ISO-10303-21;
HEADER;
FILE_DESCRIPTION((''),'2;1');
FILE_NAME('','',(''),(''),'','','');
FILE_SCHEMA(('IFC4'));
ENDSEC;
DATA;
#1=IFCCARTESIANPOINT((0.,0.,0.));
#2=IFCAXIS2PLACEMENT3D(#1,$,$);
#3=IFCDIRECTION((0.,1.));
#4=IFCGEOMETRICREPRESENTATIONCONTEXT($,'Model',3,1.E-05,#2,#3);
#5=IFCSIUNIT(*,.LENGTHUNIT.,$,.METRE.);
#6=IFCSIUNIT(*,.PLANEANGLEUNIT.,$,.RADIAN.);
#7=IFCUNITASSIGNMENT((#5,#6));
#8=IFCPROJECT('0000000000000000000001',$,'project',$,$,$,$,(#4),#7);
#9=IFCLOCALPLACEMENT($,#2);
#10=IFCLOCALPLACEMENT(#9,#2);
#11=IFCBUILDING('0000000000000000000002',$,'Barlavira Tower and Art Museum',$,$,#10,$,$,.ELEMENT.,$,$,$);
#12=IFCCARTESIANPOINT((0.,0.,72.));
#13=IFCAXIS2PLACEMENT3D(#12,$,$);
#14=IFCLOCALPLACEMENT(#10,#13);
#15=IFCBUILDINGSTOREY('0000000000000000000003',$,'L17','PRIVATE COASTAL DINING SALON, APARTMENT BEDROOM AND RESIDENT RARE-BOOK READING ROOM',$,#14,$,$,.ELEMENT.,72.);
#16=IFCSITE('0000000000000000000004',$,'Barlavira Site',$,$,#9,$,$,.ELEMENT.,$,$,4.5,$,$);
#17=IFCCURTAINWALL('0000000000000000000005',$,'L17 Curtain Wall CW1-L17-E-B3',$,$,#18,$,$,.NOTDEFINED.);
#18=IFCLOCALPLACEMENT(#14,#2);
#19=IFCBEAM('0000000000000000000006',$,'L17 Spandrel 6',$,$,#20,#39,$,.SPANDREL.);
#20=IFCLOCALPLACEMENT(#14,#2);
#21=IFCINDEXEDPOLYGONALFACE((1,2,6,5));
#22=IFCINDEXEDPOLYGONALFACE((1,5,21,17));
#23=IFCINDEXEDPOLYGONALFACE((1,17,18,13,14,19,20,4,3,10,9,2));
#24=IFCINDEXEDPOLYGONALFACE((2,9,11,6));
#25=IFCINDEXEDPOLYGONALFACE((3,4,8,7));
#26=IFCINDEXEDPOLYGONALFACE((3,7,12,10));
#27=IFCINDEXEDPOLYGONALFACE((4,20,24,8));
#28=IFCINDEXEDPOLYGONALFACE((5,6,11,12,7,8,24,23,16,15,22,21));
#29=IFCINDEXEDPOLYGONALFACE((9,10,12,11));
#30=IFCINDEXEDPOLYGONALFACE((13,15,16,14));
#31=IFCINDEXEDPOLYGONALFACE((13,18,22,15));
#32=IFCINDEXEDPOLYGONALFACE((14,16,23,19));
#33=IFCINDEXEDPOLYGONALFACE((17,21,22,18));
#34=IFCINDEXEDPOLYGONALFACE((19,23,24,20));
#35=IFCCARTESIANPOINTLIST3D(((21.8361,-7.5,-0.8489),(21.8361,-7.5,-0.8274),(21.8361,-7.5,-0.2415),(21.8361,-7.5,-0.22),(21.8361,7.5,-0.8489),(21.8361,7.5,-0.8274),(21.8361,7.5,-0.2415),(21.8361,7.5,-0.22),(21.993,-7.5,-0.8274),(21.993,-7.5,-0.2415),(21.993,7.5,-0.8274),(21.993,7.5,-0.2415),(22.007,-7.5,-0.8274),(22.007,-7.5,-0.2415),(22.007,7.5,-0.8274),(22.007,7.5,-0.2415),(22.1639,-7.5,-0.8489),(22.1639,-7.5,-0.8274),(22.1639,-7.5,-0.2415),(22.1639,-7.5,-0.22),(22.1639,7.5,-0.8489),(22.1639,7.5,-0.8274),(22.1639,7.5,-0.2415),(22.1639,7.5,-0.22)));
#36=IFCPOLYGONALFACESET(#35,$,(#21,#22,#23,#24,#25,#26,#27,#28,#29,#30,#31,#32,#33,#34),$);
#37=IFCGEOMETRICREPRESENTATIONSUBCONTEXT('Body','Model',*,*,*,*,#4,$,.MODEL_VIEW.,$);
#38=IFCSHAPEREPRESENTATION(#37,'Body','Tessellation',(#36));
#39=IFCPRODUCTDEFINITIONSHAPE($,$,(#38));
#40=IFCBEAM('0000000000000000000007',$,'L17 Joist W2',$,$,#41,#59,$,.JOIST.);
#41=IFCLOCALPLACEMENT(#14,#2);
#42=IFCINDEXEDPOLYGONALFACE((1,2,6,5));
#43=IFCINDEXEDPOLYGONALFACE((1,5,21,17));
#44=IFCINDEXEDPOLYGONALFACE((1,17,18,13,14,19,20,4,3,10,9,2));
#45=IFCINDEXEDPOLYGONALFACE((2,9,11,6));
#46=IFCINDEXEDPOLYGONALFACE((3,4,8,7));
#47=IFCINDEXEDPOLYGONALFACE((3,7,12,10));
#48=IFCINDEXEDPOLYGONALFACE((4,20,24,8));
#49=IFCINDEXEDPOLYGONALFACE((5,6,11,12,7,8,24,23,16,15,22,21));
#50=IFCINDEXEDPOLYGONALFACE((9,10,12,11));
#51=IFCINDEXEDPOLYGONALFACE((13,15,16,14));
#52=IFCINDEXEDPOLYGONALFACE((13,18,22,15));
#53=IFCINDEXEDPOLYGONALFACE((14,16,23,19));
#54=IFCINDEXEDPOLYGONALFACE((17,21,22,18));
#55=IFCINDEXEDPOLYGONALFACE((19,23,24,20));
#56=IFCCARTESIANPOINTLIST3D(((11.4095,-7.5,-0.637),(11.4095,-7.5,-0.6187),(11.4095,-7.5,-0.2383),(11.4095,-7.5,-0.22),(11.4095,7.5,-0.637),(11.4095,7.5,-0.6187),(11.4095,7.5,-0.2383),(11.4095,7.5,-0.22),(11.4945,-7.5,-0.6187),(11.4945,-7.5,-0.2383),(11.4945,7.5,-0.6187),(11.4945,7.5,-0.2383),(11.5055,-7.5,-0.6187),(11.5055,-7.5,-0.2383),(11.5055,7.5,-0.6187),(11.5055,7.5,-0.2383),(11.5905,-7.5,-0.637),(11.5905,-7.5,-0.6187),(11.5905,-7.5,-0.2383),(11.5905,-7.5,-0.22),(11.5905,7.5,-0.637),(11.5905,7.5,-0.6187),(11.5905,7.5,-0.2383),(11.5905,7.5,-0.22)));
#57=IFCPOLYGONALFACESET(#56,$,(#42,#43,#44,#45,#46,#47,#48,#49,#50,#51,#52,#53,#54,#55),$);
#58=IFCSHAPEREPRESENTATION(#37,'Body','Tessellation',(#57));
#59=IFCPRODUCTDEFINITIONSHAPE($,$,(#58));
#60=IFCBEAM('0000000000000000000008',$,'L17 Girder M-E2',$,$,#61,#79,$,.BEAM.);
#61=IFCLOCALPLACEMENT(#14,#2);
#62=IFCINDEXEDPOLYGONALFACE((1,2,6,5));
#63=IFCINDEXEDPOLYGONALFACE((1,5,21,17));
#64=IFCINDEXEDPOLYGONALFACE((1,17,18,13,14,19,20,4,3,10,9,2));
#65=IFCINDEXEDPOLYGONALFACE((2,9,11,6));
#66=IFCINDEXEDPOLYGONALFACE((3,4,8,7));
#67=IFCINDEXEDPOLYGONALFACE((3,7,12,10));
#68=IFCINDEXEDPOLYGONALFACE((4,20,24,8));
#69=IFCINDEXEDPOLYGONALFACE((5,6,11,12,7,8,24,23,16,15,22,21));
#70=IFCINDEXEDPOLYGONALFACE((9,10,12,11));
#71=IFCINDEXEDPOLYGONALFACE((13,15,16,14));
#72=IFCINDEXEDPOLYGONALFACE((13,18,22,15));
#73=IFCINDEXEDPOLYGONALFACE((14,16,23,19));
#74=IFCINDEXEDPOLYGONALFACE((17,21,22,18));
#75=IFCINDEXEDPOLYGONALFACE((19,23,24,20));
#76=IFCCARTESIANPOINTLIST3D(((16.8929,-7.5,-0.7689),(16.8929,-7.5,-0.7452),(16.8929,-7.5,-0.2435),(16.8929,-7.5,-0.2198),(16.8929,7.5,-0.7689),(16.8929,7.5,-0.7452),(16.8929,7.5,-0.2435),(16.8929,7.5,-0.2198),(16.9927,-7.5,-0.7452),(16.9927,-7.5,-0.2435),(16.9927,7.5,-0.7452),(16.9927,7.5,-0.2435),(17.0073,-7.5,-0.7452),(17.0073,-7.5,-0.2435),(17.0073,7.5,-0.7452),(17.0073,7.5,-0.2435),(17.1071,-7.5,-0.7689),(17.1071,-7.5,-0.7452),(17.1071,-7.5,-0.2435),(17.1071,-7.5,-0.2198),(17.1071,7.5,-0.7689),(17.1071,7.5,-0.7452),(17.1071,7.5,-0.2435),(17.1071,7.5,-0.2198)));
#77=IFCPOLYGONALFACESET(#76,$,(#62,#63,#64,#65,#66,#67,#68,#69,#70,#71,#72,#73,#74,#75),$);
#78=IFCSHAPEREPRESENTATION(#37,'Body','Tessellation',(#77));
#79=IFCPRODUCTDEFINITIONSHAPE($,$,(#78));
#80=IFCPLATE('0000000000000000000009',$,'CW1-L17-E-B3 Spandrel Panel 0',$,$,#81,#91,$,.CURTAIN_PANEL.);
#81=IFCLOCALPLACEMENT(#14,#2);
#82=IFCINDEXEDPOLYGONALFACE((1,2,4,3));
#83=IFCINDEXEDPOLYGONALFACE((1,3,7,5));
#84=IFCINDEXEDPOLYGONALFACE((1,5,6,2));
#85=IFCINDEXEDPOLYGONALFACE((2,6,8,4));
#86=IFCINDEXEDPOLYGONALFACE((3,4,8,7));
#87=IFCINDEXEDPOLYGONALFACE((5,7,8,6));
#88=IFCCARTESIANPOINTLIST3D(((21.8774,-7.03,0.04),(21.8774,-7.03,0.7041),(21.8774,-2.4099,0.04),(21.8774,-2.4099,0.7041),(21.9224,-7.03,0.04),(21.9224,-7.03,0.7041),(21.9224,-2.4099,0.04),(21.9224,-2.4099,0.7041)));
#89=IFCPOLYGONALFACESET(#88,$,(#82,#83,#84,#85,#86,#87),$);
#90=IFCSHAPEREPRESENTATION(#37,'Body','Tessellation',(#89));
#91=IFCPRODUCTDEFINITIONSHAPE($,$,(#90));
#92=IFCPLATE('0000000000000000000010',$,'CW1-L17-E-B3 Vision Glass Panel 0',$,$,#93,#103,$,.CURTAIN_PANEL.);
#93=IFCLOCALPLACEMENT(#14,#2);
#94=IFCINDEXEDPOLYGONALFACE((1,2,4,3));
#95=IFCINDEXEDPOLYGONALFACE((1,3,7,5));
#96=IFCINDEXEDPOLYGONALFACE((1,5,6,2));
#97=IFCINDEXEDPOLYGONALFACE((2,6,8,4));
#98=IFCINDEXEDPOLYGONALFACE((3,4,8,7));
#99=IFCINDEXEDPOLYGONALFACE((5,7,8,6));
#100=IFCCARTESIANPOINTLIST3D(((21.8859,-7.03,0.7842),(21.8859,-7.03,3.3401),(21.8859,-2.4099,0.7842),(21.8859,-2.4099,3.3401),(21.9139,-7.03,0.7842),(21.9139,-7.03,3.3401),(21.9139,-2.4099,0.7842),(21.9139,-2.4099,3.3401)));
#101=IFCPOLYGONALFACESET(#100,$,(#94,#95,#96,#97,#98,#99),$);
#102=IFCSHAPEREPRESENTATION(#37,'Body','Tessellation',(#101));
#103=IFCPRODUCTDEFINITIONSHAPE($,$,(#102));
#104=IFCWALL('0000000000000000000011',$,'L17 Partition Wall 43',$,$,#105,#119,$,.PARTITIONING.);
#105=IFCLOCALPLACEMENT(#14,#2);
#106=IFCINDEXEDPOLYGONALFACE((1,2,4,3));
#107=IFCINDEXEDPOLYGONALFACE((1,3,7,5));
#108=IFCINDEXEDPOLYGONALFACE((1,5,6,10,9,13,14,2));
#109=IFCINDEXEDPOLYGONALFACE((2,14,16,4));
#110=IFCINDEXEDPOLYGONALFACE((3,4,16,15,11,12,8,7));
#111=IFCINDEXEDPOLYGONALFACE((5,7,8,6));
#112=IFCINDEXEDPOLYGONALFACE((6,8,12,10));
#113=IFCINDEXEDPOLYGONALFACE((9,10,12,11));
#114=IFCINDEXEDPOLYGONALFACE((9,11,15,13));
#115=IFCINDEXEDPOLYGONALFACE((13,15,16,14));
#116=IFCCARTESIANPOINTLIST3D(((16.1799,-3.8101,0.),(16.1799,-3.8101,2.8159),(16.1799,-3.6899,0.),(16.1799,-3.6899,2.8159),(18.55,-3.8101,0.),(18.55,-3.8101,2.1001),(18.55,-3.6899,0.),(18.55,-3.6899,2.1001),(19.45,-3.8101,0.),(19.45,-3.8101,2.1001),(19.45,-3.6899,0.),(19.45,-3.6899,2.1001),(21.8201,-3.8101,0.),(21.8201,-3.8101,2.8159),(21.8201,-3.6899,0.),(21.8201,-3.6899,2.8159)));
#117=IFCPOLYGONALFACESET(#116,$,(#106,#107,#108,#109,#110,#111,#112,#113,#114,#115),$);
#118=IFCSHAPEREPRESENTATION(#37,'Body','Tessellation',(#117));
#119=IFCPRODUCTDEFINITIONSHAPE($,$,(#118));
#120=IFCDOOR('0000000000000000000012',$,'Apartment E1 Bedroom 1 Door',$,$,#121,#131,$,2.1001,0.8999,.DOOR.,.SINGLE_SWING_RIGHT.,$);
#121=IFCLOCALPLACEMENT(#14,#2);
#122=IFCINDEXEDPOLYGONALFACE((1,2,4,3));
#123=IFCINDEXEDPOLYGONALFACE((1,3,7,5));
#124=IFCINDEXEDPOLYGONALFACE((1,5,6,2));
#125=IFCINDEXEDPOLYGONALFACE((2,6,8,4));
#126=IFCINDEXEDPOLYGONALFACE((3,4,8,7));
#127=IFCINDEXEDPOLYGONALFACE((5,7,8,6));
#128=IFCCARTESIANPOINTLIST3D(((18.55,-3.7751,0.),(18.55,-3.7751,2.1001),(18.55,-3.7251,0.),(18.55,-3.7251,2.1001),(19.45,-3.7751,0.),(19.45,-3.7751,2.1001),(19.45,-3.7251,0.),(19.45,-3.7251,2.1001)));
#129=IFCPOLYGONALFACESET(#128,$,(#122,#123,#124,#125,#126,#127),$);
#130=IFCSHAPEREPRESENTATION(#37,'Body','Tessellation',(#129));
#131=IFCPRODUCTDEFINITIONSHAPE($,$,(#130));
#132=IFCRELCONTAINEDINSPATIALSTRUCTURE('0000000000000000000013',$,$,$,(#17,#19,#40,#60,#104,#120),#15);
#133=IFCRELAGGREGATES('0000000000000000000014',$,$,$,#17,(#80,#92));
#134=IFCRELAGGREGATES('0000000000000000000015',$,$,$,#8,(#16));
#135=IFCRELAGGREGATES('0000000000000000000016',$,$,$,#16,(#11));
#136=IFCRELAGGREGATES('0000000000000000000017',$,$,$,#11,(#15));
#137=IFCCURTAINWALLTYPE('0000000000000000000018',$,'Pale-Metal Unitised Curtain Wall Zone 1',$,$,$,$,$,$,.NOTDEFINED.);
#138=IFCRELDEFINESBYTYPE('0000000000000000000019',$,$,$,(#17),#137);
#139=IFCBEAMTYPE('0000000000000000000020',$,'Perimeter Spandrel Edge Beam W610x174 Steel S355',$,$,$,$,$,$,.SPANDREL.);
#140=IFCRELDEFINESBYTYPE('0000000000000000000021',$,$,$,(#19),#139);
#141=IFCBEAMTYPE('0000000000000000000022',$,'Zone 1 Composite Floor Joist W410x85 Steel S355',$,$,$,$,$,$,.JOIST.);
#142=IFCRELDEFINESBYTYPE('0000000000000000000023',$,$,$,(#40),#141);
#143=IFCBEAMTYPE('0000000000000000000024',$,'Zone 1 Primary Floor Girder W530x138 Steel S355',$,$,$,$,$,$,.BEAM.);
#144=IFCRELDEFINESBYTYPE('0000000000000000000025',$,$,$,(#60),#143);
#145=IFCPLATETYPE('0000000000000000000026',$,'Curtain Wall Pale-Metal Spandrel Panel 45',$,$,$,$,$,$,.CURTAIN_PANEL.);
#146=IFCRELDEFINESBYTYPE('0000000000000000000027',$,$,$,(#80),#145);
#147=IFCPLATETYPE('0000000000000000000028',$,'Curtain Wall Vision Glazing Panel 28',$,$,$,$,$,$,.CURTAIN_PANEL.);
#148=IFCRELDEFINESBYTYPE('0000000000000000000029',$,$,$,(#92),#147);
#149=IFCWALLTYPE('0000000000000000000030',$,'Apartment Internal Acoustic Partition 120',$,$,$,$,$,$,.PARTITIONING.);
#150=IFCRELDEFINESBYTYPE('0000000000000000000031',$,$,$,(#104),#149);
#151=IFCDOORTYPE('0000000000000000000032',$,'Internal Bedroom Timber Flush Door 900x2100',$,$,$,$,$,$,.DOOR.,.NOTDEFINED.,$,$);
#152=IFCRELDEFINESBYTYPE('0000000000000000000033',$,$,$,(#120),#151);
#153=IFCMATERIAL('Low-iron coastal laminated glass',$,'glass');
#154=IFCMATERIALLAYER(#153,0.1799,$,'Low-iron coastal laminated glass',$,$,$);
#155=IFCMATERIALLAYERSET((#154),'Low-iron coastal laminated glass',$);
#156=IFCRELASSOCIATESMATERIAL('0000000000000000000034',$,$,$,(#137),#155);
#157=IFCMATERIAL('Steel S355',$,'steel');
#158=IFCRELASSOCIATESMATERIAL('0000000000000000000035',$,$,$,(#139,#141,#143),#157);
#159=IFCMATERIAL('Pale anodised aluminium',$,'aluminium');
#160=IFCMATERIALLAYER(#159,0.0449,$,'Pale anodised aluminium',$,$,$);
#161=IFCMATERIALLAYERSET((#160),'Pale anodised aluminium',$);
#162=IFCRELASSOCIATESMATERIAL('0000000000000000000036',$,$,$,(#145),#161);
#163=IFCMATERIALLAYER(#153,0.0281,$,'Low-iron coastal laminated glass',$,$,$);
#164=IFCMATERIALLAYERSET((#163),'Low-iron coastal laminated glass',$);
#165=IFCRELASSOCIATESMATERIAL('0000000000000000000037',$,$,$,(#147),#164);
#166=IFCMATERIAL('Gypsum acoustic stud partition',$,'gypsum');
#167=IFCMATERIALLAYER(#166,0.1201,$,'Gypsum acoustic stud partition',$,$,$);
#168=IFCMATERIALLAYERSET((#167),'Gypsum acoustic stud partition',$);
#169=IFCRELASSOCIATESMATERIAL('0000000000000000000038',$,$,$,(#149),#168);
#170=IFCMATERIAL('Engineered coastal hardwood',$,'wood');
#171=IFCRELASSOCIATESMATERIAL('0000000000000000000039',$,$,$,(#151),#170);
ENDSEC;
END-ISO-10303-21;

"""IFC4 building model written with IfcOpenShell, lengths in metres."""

from ifc_helpers import new_model, si_unit, direction, frame, frame_2d, origin, origin_2d, place, context, subcontext, project, spatial, rectangle, i_section, extrude, material, layer, layer_set, material_profile, profile_set, type_object, element, fill, aggregate, save


model = new_model("IFC4")

# Units and contexts
model_context = context("Model", 3, precision=1e-05, world=origin(), true_north=direction((0.0, 1.0)))
body_context = subcontext(model_context, "Body", "Model", "MODEL_VIEW")
ifc_project = project(units=[si_unit("LENGTHUNIT", "METRE"), si_unit("PLANEANGLEUNIT", "RADIAN")], contexts=[model_context])

# Site, building, storey
site_placement = place(None, origin())
site = spatial("IfcSite", under=ifc_project, at=site_placement, Name="Barlavira Site", CompositionType="ELEMENT", RefElevation=4.5)
building_placement = place(site_placement, origin())
building = spatial("IfcBuilding", under=site, at=building_placement, Name="Barlavira Tower and Art Museum", CompositionType="ELEMENT")
storey_placement = place(building_placement, frame((0.0, 0.0, 72.0)))
storey = spatial("IfcBuildingStorey", under=building, at=storey_placement, Name="L17", Description="PRIVATE COASTAL DINING SALON, APARTMENT BEDROOM AND RESIDENT RARE-BOOK READING ROOM", CompositionType="ELEMENT", Elevation=72.0)

# Curtain wall
ifc_material_1 = material(Name="Low-iron coastal laminated glass", Category="glass")
ifc_layer_1 = layer(ifc_material_1, 0.1799, Name="Low-iron coastal laminated glass")
ifc_layer_set_1 = layer_set([ifc_layer_1], Name="Low-iron coastal laminated glass")
curtain_wall_type = type_object("IfcCurtainWallType", Name="Pale-Metal Unitised Curtain Wall Zone 1", PredefinedType="NOTDEFINED", material=ifc_layer_set_1)
curtain_wall_placement = place(storey_placement, origin())
curtain_wall = element("IfcCurtainWall", 1, at=curtain_wall_placement, inside=storey, type_object=curtain_wall_type, Name="L17 Curtain Wall CW1-L17-E-B3", PredefinedType="NOTDEFINED")
ifc_material_2 = material(Name="Pale anodised aluminium", Category="aluminium")

# Shared definitions
ifc_material_3 = material(Name="Steel S355", Category="steel")

# Beams
ifc_material_profile_1 = material_profile(ifc_material_3, i_section(OverallWidth=0.3279, OverallDepth=0.6289, WebThickness=0.0139, FlangeThickness=0.0215, at=origin_2d()), Name="W610x174.0")
ifc_profile_set_1 = profile_set([ifc_material_profile_1], Name="Steel S355")
beam_type_1 = type_object("IfcBeamType", Name="Perimeter Spandrel Edge Beam W610x174 Steel S355", PredefinedType="SPANDREL", material=ifc_profile_set_1)
beam_1_placement = place(storey_placement, frame((22.0, -7.5, -0.5344), z_axis=(0.0, 1.0, 0.0), x_axis=(-1.0, 0.0, 0.0)))
element("IfcBeam", 2, at=beam_1_placement, inside=storey, type_object=beam_type_1, Name="L17 Spandrel 6", PredefinedType="SPANDREL", context=body_context, shape_type="SweptSolid", body=[
    extrude(i_section(OverallWidth=0.3279, OverallDepth=0.6289, WebThickness=0.0139, FlangeThickness=0.0215, at=origin_2d()), origin(), (0.0, 0.0, 1.0), 15.0),
])
ifc_material_profile_2 = material_profile(ifc_material_3, i_section(OverallWidth=0.1809, OverallDepth=0.417, WebThickness=0.011, FlangeThickness=0.0183, at=origin_2d()), Name="W410x85.0")
ifc_profile_set_2 = profile_set([ifc_material_profile_2], Name="Steel S355")
beam_type_2 = type_object("IfcBeamType", Name="Zone 1 Composite Floor Joist W410x85 Steel S355", PredefinedType="JOIST", material=ifc_profile_set_2)
beam_2_placement = place(storey_placement, frame((11.5, -7.5, -0.4285), z_axis=(0.0, 1.0, 0.0), x_axis=(-1.0, 0.0, 0.0)))
element("IfcBeam", 3, at=beam_2_placement, inside=storey, type_object=beam_type_2, Name="L17 Joist W2", PredefinedType="JOIST", context=body_context, shape_type="SweptSolid", body=[
    extrude(i_section(OverallWidth=0.1809, OverallDepth=0.417, WebThickness=0.011, FlangeThickness=0.0183, at=origin_2d()), origin(), (0.0, 0.0, 1.0), 15.0),
])
ifc_material_profile_3 = material_profile(ifc_material_3, i_section(OverallWidth=0.2141, OverallDepth=0.5491, WebThickness=0.0146, FlangeThickness=0.0237, at=origin_2d()), Name="W530x138.0")
ifc_profile_set_3 = profile_set([ifc_material_profile_3], Name="Steel S355")
beam_type_3 = type_object("IfcBeamType", Name="Zone 1 Primary Floor Girder W530x138 Steel S355", PredefinedType="BEAM", material=ifc_profile_set_3)
beam_3_placement = place(storey_placement, frame((17.0, -7.5, -0.4944), z_axis=(0.0, 1.0, 0.0), x_axis=(-1.0, 0.0, 0.0)))
element("IfcBeam", 4, at=beam_3_placement, inside=storey, type_object=beam_type_3, Name="L17 Girder M-E2", PredefinedType="BEAM", context=body_context, shape_type="SweptSolid", body=[
    extrude(i_section(OverallWidth=0.2141, OverallDepth=0.5491, WebThickness=0.0146, FlangeThickness=0.0237, at=origin_2d()), origin(), (0.0, 0.0, 1.0), 15.0),
])

# Plates
ifc_layer_2 = layer(ifc_material_2, 0.0449, Name="Pale anodised aluminium")
ifc_layer_set_2 = layer_set([ifc_layer_2], Name="Pale anodised aluminium")
plate_type_1 = type_object("IfcPlateType", Name="Curtain Wall Pale-Metal Spandrel Panel 45", PredefinedType="CURTAIN_PANEL", material=ifc_layer_set_2)
plate_1_placement = place(storey_placement, frame((21.8999, -4.72, 0.04), z_axis=(0.0, 0.0, 1.0), x_axis=(0.0, 1.0, 0.0)))
plate_1 = element("IfcPlate", 5, at=plate_1_placement, type_object=plate_type_1, Name="CW1-L17-E-B3 Spandrel Panel 0", PredefinedType="CURTAIN_PANEL", context=body_context, shape_type="SweptSolid", body=[
    extrude(rectangle(XDim=4.6201, YDim=0.0449, at=origin_2d()), origin(), (0.0, 0.0, 1.0), 0.6641),
])
ifc_layer_3 = layer(ifc_material_1, 0.0281, Name="Low-iron coastal laminated glass")
ifc_layer_set_3 = layer_set([ifc_layer_3], Name="Low-iron coastal laminated glass")
plate_type_2 = type_object("IfcPlateType", Name="Curtain Wall Vision Glazing Panel 28", PredefinedType="CURTAIN_PANEL", material=ifc_layer_set_3)
plate_2_placement = place(storey_placement, frame((21.8999, -4.72, 0.7842), z_axis=(0.0, 0.0, 1.0), x_axis=(0.0, 1.0, 0.0)))
plate_2 = element("IfcPlate", 6, at=plate_2_placement, type_object=plate_type_2, Name="CW1-L17-E-B3 Vision Glass Panel 0", PredefinedType="CURTAIN_PANEL", context=body_context, shape_type="SweptSolid", body=[
    extrude(rectangle(XDim=4.6201, YDim=0.0281, at=origin_2d()), origin(), (0.0, 0.0, 1.0), 2.5559),
])
aggregate(curtain_wall, [plate_1, plate_2])

# Wall, opening, door
ifc_material_4 = material(Name="Gypsum acoustic stud partition", Category="gypsum")
ifc_layer_4 = layer(ifc_material_4, 0.1201, Name="Gypsum acoustic stud partition")
ifc_layer_set_4 = layer_set([ifc_layer_4], Name="Gypsum acoustic stud partition")
wall_type_1 = type_object("IfcWallType", Name="Apartment Internal Acoustic Partition 120", PredefinedType="PARTITIONING", material=ifc_layer_set_4)
wall_1_placement = place(storey_placement, frame((16.1799, -3.75, 0.0), z_axis=(0.0, 0.0, 1.0), x_axis=(1.0, 0.0, 0.0)))
wall_1 = element("IfcWall", 7, at=wall_1_placement, inside=storey, type_object=wall_type_1, Name="L17 Partition Wall 43", PredefinedType="PARTITIONING", context=body_context, shape_type="SweptSolid", body=[
    extrude(rectangle(XDim=5.6401, YDim=0.1201, at=frame_2d((2.8201, 0.0))), origin(), (0.0, 0.0, 1.0), 2.8159),
])
opening_1_placement = place(wall_1_placement, frame((2.3701, 0.0, 0.0)))
opening_1 = element("IfcOpeningElement", 8, at=opening_1_placement, cuts=wall_1, PredefinedType="OPENING", context=body_context, shape_type="SweptSolid", body=[
    extrude(rectangle(XDim=0.8999, YDim=2.1001, at=frame_2d((0.45, 1.05))), frame((0.0, 0.0701, 0.0), z_axis=(0.0, -1.0, 0.0), x_axis=(1.0, 0.0, 0.0)), (0.0, 0.0, 1.0), 0.1401),
])
ifc_material_5 = material(Name="Engineered coastal hardwood", Category="wood")
door_type_1 = type_object("IfcDoorType", Name="Internal Bedroom Timber Flush Door 900x2100", OperationType="NOTDEFINED", PredefinedType="DOOR", material=ifc_material_5)
door_1_placement = place(opening_1_placement, origin())
door_1 = element("IfcDoor", 9, at=door_1_placement, inside=storey, type_object=door_type_1, Name="Apartment E1 Bedroom 1 Door", OperationType="SINGLE_SWING_RIGHT", OverallHeight=2.1001, OverallWidth=0.8999, PredefinedType="DOOR", context=body_context, shape_type="SweptSolid", body=[
    extrude(rectangle(XDim=0.8999, YDim=2.1001, at=frame_2d((0.45, 1.05))), frame((0.0, 0.0249, 0.0), z_axis=(0.0, -1.0, 0.0), x_axis=(1.0, 0.0, 0.0)), (0.0, 0.0, 1.0), 0.05),
])
fill(opening_1, door_1)

save(model, "model.ifc")
